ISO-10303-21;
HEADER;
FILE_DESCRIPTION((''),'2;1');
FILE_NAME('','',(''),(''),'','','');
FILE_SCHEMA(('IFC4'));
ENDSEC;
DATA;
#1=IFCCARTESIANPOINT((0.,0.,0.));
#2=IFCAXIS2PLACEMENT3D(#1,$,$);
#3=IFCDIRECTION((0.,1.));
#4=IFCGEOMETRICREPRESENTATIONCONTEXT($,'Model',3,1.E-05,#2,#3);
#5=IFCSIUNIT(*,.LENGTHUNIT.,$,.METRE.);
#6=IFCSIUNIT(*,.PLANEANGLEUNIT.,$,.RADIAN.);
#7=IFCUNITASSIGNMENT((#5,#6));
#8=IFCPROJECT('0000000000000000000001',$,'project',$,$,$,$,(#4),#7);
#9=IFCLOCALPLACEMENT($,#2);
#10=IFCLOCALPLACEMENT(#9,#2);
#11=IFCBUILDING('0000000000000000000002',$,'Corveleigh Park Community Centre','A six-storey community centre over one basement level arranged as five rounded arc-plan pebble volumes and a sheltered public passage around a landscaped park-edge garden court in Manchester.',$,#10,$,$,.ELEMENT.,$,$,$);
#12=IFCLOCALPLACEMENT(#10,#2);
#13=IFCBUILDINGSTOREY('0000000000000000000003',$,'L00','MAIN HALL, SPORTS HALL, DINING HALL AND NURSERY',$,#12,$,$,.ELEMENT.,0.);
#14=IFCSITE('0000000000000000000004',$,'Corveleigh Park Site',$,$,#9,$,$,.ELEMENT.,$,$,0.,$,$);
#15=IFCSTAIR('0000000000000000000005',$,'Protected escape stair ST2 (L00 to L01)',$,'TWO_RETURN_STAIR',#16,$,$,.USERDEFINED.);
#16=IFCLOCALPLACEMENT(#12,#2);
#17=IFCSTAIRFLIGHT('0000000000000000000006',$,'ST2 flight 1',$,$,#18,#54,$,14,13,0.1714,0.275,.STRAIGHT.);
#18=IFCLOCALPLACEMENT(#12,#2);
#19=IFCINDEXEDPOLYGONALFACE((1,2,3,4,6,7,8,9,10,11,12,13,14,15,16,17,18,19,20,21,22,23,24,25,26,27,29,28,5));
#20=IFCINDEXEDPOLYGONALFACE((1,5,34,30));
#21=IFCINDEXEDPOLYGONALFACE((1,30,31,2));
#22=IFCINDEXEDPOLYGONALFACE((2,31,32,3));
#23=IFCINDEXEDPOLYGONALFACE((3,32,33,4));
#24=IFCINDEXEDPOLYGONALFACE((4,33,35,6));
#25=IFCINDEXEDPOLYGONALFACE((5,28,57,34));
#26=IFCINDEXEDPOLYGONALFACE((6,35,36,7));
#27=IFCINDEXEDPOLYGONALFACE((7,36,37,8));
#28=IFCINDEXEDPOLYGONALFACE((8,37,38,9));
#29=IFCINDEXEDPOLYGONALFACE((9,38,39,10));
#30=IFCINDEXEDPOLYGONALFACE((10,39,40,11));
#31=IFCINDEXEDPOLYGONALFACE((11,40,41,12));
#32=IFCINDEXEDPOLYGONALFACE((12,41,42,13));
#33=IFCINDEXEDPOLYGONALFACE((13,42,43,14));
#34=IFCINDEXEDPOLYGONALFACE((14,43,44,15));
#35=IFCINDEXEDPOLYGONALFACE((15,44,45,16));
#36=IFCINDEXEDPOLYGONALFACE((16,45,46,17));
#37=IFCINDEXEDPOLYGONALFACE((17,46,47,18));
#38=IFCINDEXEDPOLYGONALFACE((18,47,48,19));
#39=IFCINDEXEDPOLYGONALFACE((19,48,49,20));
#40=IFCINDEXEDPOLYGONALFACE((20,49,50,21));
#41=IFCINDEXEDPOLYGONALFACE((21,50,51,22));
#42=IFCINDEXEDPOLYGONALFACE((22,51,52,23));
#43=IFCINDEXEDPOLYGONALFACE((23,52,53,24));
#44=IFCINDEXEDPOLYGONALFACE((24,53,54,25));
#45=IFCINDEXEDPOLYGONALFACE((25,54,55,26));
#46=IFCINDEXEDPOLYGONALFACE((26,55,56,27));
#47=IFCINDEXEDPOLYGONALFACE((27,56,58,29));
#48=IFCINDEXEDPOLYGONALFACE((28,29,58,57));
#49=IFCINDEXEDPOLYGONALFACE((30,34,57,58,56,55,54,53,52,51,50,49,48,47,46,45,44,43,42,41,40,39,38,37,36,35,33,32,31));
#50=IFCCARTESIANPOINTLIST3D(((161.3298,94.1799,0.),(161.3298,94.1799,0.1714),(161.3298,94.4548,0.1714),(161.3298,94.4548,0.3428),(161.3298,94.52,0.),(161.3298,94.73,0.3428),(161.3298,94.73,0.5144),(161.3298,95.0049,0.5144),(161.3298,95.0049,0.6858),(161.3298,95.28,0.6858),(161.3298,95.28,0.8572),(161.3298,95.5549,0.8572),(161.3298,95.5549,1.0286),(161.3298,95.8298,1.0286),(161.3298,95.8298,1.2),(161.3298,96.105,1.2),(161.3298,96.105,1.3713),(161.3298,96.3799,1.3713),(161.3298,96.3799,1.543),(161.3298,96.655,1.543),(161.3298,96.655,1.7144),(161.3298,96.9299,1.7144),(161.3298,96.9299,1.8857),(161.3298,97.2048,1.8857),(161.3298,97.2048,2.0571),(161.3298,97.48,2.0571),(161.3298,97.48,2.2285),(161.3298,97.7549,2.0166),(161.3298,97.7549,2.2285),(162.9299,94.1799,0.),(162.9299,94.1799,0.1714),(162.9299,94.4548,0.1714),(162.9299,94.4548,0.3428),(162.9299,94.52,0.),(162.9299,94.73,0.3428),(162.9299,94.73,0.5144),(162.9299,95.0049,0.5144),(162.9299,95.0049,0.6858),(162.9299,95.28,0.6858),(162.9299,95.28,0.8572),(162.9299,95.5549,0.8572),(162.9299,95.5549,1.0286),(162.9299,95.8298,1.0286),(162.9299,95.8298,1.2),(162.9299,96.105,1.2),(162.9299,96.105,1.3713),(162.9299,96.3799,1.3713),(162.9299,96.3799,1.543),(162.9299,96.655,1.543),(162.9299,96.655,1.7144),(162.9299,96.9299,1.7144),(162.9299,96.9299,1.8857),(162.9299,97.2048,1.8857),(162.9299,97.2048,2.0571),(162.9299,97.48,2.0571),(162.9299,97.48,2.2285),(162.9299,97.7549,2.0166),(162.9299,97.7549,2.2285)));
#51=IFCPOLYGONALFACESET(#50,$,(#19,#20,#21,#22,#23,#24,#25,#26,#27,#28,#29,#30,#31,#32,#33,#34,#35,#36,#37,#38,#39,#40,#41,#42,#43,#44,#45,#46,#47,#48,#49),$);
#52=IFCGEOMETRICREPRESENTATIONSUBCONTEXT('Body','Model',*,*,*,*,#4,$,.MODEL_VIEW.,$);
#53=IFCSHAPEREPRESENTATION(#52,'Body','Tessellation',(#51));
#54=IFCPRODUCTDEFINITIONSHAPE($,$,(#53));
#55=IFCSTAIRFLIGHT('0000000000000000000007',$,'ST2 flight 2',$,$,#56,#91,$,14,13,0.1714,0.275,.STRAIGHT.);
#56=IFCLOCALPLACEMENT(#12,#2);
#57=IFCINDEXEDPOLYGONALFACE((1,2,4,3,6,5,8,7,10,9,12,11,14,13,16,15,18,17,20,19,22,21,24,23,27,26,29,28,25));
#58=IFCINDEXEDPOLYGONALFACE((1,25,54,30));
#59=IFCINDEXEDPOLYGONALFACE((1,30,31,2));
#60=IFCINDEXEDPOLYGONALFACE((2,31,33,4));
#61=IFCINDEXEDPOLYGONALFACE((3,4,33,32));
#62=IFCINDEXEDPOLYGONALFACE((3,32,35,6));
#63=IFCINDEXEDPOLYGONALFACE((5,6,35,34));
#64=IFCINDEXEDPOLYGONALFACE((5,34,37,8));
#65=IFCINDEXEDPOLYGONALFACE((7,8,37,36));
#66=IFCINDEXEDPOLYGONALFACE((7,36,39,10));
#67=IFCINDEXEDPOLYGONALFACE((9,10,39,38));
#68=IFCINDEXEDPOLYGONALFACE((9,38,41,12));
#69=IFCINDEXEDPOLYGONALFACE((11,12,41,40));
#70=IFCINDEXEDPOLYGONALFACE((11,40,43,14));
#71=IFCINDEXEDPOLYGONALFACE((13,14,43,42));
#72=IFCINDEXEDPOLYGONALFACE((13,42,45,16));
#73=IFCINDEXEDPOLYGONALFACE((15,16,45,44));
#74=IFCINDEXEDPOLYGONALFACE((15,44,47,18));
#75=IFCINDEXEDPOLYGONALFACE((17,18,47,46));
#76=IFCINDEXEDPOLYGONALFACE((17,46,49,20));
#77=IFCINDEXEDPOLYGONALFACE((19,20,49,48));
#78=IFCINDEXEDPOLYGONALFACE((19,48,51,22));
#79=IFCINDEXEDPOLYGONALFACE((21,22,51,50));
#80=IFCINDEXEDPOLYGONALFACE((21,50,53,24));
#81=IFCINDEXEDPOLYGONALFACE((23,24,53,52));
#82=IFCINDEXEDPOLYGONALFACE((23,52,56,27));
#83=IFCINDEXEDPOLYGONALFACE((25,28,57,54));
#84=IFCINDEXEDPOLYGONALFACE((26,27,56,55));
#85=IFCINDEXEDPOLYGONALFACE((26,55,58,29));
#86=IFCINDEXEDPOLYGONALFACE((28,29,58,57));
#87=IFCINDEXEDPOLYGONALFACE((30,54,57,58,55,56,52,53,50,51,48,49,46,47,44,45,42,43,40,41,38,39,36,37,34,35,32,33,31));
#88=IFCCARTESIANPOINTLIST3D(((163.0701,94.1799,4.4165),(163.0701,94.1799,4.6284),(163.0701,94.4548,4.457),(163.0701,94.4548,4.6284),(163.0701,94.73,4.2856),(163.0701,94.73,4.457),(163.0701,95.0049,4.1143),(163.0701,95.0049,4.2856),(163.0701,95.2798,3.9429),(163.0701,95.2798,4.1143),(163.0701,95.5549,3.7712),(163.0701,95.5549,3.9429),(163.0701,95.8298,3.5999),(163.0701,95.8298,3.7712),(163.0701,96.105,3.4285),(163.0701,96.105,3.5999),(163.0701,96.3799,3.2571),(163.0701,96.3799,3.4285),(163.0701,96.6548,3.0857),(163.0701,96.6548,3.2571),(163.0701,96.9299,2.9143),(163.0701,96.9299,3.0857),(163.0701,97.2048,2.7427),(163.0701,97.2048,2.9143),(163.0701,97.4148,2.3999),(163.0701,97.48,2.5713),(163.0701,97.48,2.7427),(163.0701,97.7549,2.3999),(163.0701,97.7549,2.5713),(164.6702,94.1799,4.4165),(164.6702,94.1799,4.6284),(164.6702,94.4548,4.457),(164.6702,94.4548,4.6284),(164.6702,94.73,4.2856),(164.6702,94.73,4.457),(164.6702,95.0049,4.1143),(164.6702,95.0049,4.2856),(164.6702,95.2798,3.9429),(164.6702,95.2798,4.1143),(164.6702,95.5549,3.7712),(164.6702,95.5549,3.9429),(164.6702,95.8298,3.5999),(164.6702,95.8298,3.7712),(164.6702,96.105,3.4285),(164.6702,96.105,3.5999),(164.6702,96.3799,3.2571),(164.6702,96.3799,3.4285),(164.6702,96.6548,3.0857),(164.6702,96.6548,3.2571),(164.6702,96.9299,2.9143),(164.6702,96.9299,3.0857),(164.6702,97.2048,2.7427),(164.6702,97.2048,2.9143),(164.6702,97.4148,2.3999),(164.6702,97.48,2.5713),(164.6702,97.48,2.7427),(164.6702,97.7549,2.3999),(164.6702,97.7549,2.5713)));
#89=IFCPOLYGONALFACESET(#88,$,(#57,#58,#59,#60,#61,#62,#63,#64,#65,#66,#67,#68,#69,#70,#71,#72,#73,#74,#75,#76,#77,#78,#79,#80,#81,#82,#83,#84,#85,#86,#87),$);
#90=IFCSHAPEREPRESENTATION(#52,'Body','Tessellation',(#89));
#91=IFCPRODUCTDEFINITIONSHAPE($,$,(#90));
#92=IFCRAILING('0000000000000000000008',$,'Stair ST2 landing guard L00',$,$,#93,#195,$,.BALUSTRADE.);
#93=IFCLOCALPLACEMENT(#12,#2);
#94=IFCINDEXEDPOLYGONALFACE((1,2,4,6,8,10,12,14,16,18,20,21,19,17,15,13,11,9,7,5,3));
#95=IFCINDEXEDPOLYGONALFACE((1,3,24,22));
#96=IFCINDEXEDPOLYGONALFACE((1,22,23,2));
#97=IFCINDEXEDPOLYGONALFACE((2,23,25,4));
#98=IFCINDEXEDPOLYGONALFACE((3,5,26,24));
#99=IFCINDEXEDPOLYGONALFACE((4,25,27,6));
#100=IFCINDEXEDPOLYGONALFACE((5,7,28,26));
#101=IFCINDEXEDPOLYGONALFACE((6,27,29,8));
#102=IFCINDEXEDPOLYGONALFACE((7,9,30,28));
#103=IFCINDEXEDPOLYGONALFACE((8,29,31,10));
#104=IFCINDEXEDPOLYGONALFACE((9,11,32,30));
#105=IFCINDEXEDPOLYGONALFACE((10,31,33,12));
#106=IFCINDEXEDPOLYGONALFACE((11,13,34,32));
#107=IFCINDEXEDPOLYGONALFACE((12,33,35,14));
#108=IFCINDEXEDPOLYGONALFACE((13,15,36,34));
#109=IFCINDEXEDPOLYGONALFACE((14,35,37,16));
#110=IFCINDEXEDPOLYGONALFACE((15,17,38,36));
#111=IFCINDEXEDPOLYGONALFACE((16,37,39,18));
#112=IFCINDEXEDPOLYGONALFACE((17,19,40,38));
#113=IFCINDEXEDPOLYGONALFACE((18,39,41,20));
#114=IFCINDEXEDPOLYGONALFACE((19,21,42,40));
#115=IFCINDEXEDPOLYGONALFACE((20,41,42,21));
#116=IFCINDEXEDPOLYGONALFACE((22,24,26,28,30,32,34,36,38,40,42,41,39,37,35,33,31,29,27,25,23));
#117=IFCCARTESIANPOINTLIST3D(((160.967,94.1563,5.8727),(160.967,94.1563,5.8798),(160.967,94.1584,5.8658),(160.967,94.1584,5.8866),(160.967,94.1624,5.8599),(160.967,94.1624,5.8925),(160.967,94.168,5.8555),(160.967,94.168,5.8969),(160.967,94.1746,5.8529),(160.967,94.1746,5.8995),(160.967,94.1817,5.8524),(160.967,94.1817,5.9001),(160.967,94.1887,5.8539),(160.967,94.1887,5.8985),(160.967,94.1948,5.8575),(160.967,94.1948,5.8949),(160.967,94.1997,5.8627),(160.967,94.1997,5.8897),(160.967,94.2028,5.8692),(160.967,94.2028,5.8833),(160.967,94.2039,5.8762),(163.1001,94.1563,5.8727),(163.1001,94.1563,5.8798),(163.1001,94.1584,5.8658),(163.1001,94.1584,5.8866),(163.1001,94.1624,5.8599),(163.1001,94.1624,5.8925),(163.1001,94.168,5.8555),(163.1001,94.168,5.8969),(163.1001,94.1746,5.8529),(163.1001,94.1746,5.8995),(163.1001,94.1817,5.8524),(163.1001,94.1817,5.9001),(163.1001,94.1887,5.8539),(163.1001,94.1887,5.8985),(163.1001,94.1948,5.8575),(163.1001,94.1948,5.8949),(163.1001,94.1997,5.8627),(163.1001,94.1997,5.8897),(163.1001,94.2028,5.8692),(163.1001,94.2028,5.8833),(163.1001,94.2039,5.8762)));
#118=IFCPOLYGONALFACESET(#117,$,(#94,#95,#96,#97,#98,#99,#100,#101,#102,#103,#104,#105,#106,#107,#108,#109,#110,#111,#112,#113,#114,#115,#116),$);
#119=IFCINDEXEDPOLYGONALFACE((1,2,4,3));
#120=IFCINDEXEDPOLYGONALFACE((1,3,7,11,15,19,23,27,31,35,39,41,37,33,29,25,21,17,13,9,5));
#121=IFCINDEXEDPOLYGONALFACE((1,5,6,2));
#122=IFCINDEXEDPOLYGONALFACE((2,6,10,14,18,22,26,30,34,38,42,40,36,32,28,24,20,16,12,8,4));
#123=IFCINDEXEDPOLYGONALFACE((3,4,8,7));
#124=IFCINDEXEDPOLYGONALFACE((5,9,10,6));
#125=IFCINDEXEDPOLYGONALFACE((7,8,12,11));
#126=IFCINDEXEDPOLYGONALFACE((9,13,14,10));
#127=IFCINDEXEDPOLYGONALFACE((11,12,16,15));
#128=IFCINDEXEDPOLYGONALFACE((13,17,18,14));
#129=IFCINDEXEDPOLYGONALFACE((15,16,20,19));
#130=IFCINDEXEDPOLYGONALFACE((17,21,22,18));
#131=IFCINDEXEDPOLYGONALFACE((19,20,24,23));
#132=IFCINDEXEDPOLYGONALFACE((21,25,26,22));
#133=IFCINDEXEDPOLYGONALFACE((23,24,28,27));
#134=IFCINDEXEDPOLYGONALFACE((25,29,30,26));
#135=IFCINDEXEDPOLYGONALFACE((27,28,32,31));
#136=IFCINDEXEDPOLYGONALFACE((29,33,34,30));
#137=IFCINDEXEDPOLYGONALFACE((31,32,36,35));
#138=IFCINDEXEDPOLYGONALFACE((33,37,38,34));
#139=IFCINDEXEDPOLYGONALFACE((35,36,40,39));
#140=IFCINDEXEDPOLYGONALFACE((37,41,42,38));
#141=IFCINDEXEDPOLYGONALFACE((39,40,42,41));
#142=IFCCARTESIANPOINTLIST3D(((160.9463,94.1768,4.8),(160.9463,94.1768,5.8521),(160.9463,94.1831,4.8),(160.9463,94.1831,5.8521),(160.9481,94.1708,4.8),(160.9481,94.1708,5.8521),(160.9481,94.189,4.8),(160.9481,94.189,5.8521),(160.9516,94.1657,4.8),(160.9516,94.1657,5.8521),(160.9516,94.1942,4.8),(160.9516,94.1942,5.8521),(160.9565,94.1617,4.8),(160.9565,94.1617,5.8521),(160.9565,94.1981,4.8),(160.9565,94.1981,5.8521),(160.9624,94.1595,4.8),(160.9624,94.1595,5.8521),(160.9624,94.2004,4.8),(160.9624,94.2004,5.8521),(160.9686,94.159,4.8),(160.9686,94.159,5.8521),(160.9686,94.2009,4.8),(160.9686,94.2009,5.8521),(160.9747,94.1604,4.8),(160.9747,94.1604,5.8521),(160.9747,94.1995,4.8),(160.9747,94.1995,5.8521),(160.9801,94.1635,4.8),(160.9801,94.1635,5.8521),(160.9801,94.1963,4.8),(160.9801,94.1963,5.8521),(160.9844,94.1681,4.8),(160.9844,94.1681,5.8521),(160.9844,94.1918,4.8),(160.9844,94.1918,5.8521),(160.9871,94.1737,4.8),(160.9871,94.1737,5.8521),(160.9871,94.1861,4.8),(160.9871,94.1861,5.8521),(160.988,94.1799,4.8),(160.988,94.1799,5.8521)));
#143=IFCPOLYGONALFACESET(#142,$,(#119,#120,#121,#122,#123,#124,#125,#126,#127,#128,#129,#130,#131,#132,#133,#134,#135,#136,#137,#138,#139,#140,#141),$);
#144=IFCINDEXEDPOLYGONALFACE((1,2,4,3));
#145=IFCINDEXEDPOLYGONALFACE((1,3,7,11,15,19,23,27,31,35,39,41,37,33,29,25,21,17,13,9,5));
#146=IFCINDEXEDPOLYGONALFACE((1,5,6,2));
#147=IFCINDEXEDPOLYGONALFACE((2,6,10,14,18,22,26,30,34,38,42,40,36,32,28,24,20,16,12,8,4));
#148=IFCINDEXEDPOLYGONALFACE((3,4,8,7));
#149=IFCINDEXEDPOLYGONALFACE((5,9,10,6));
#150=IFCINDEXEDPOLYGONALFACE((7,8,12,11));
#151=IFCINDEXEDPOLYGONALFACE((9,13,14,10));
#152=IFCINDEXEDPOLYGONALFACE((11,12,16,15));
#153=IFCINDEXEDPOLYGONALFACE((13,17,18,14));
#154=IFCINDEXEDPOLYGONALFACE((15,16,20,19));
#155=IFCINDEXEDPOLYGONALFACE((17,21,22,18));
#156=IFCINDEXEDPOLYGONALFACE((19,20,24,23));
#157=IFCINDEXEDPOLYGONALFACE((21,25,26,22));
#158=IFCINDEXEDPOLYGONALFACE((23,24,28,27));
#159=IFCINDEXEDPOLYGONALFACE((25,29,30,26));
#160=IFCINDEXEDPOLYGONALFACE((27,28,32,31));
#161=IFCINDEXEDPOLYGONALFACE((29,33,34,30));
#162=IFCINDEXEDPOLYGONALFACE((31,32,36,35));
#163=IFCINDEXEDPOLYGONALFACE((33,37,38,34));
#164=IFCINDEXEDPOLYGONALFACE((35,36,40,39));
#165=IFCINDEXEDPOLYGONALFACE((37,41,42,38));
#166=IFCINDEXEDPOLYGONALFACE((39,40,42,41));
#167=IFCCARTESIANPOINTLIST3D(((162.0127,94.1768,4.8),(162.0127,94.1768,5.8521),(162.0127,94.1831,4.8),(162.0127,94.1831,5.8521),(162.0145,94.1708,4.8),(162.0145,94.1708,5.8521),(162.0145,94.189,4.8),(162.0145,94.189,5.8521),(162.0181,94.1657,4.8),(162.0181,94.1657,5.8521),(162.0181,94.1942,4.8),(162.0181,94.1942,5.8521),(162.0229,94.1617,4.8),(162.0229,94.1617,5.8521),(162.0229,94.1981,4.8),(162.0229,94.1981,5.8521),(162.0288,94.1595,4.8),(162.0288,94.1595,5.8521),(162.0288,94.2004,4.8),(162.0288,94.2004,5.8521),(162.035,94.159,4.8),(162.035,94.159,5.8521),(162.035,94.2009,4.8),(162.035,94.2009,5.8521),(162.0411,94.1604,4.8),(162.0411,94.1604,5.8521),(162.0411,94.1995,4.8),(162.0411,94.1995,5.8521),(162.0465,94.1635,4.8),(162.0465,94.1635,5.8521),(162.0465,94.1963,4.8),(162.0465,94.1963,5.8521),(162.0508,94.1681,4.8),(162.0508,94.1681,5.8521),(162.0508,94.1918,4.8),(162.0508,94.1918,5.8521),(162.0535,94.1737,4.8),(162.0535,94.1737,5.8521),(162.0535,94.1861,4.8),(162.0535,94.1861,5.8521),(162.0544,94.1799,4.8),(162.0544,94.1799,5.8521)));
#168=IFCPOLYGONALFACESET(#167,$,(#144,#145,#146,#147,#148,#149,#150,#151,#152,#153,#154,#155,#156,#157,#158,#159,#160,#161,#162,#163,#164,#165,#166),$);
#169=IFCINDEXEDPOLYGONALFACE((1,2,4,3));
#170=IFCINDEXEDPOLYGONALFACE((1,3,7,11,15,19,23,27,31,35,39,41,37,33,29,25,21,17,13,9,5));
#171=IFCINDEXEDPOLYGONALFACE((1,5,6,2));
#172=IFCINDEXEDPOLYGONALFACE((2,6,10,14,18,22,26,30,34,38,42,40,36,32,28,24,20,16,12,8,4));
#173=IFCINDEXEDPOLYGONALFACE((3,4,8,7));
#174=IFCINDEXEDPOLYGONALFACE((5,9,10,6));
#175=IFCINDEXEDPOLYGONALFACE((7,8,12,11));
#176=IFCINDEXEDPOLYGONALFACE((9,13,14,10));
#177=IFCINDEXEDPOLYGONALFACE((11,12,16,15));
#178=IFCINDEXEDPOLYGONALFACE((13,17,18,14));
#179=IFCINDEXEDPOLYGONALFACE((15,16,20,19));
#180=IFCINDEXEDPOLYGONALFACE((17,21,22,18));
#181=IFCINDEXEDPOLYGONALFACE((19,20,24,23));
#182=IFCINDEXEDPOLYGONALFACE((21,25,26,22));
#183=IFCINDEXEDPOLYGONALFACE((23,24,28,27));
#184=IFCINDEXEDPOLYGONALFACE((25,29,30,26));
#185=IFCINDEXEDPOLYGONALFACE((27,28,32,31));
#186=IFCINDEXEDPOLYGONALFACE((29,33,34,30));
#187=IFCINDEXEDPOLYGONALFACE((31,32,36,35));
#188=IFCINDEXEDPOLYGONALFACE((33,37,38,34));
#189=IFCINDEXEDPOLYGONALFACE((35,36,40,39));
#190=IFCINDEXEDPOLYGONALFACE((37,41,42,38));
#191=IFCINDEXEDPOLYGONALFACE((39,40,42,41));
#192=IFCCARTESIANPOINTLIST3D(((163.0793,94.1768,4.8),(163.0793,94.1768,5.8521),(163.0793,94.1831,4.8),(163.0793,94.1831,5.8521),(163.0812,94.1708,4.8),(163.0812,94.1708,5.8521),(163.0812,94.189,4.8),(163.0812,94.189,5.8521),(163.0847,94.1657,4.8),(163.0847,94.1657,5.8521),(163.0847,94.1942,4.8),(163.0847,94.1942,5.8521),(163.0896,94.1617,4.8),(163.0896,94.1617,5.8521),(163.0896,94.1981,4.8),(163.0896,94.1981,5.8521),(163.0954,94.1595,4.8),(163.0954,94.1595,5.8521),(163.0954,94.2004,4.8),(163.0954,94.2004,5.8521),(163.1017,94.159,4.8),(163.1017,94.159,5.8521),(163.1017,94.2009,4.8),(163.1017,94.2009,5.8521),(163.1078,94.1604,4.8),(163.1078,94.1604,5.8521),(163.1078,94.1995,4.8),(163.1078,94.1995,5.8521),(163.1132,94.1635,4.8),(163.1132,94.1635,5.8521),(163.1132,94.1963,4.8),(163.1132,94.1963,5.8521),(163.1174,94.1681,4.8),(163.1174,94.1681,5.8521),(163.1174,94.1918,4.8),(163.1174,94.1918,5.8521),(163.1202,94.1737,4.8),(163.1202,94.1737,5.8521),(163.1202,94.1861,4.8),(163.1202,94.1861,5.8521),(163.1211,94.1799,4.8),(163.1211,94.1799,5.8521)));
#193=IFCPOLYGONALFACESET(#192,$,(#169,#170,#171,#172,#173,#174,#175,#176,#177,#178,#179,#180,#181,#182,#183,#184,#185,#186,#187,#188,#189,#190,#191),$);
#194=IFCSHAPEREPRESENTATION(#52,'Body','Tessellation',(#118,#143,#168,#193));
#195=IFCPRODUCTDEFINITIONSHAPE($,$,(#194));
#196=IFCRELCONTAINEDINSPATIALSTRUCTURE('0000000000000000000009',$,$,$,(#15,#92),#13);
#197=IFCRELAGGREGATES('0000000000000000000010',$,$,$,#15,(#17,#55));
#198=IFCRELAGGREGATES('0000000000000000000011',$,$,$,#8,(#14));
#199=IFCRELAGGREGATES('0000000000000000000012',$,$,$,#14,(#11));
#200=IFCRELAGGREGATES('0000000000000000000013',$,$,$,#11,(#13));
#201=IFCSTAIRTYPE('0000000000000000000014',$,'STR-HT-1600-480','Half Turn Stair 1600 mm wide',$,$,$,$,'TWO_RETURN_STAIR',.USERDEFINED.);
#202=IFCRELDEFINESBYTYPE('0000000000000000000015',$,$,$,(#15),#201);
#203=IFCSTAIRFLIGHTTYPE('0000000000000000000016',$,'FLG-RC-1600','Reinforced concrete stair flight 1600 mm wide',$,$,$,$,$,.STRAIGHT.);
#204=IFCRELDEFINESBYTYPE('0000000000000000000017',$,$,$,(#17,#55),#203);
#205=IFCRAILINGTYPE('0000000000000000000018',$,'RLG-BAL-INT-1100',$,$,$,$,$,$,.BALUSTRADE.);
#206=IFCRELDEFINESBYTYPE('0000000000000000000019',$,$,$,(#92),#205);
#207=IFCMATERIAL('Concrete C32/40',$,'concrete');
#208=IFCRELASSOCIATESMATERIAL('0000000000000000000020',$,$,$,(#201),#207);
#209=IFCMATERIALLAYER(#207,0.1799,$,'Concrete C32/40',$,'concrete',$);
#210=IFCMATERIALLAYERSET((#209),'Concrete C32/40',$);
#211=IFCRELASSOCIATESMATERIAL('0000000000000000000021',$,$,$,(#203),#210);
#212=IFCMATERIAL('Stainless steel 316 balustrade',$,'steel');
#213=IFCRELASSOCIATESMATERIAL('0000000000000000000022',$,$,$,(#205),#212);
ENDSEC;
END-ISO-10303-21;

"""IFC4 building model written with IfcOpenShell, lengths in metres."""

from ifc_helpers import new_model, si_unit, direction, frame, origin, origin_2d, place, context, subcontext, project, spatial, polyline, circle, outline, extrude, material, layer, layer_set, type_object, element, aggregate, save


model = new_model("IFC4")

# Units and contexts
model_context = context("Model", 3, precision=1e-05, world=origin(), true_north=direction((0.0, 1.0)))
body_context = subcontext(model_context, "Body", "Model", "MODEL_VIEW")
ifc_project = project(units=[si_unit("LENGTHUNIT", "METRE"), si_unit("PLANEANGLEUNIT", "RADIAN")], contexts=[model_context])

# Site, building, storey
site_placement = place(None, origin())
site = spatial("IfcSite", under=ifc_project, at=site_placement, Name="Corveleigh Park Site", CompositionType="ELEMENT", RefElevation=0.0)
building_placement = place(site_placement, origin())
building = spatial("IfcBuilding", under=site, at=building_placement, Name="Corveleigh Park Community Centre", Description="A six-storey community centre over one basement level arranged as five rounded arc-plan pebble volumes and a sheltered public passage around a landscaped park-edge garden court in Manchester.", CompositionType="ELEMENT")
storey_placement = place(building_placement, origin())
storey = spatial("IfcBuildingStorey", under=building, at=storey_placement, Name="L00", Description="MAIN HALL, SPORTS HALL, DINING HALL AND NURSERY", CompositionType="ELEMENT", Elevation=0.0)

# Stair, stair flights
ifc_material_1 = material(Name="Concrete C32/40", Category="concrete")
stair_type = type_object("IfcStairType", Name="STR-HT-1600-480", Description="Half Turn Stair 1600 mm wide", ElementType="TWO_RETURN_STAIR", PredefinedType="USERDEFINED", material=ifc_material_1)
stair_placement = place(storey_placement, origin())
stair = element("IfcStair", 1, at=stair_placement, inside=storey, type_object=stair_type, Name="Protected escape stair ST2 (L00 to L01)", ObjectType="TWO_RETURN_STAIR", PredefinedType="USERDEFINED")
ifc_layer_1 = layer(ifc_material_1, 0.1799, Name="Concrete C32/40", Category="concrete")
ifc_layer_set_1 = layer_set([ifc_layer_1], Name="Concrete C32/40")
stair_flight_type = type_object("IfcStairFlightType", Name="FLG-RC-1600", Description="Reinforced concrete stair flight 1600 mm wide", PredefinedType="STRAIGHT", material=ifc_layer_set_1)
stair_flight_1_placement = place(storey_placement, frame((162.1299, 94.1799, 0.0), z_axis=(0.0, 0.0, 1.0), x_axis=(0.0, 1.0, 0.0)))
stair_flight_1 = element("IfcStairFlight", 2, at=stair_flight_1_placement, type_object=stair_flight_type, Name="ST2 flight 1", NumberOfRisers=14, NumberOfTreads=13, PredefinedType="STRAIGHT", RiserHeight=0.1714, TreadLength=0.275, context=body_context, shape_type="SweptSolid", body=[
    extrude(outline(polyline([(0.0, 0.0), (0.0, 0.1714), (0.2749, 0.1714), (0.2749, 0.3428), (0.55, 0.3428), (0.55, 0.5144), (0.825, 0.5144), (0.825, 0.6858), (1.1001, 0.6858), (1.1001, 0.8572), (1.375, 0.8572), (1.375, 1.0286), (1.6499, 1.0286), (1.6499, 1.2), (1.925, 1.2), (1.925, 1.3713), (2.2, 1.3713), (2.2, 1.543), (2.4751, 1.543), (2.4751, 1.7144), (2.75, 1.7144), (2.75, 1.8857), (3.0249, 1.8857), (3.0249, 2.0571), (3.3, 2.0571), (3.3, 2.2285), (3.575, 2.2285), (3.575, 2.3999), (3.575, 2.0166), (0.3401, 0.0), (0.0, 0.0)])), frame((0.0, 0.8, 0.0), z_axis=(0.0, -1.0, 0.0), x_axis=(1.0, 0.0, 0.0)), (0.0, 0.0, 1.0), 1.6001),
])
stair_flight_2_placement = place(storey_placement, frame((163.8701, 97.7549, 2.3999), z_axis=(0.0, 0.0, 1.0), x_axis=(0.0, -1.0, 0.0)))
stair_flight_2 = element("IfcStairFlight", 3, at=stair_flight_2_placement, type_object=stair_flight_type, Name="ST2 flight 2", NumberOfRisers=14, NumberOfTreads=13, PredefinedType="STRAIGHT", RiserHeight=0.1714, TreadLength=0.275, context=body_context, shape_type="SweptSolid", body=[
    extrude(outline(polyline([(0.0, 0.0), (0.0, 0.1714), (0.2749, 0.1714), (0.2749, 0.3428), (0.55, 0.3428), (0.55, 0.5144), (0.825, 0.5144), (0.825, 0.6858), (1.1001, 0.6858), (1.1001, 0.8572), (1.375, 0.8572), (1.375, 1.0286), (1.6499, 1.0286), (1.6499, 1.2), (1.925, 1.2), (1.925, 1.3713), (2.2, 1.3713), (2.2, 1.543), (2.4751, 1.543), (2.4751, 1.7144), (2.75, 1.7144), (2.75, 1.8857), (3.0249, 1.8857), (3.0249, 2.0571), (3.3, 2.0571), (3.3, 2.2285), (3.575, 2.2285), (3.575, 2.3999), (3.575, 2.0166), (0.3401, 0.0), (0.0, 0.0)])), frame((0.0, 0.8, 0.0), z_axis=(0.0, -1.0, 0.0), x_axis=(1.0, 0.0, 0.0)), (0.0, 0.0, 1.0), 1.6001),
])
aggregate(stair, [stair_flight_1, stair_flight_2])

# Railing
ifc_material_2 = material(Name="Stainless steel 316 balustrade", Category="steel")
railing_type = type_object("IfcRailingType", Name="RLG-BAL-INT-1100", PredefinedType="BALUSTRADE", material=ifc_material_2)
railing_1_placement = place(storey_placement, frame((160.967, 94.1799, 4.8)))
element("IfcRailing", 4, at=railing_1_placement, inside=storey, type_object=railing_type, Name="Stair ST2 landing guard L00", PredefinedType="BALUSTRADE", context=body_context, shape_type="SweptSolid", body=[
    extrude(circle(Radius=0.0239, at=origin_2d()), frame((0.0, 0.0, 1.0762), z_axis=(1.0, 0.0, 0.0), x_axis=(0.0, 1.0, 0.0)), (0.0, 0.0, 1.0), 2.1331),
    extrude(circle(Radius=0.021, at=origin_2d()), origin(), (0.0, 0.0, 1.0), 1.052),
    extrude(circle(Radius=0.021, at=origin_2d()), frame((1.0664, 0.0, 0.0)), (0.0, 0.0, 1.0), 1.052),
    extrude(circle(Radius=0.021, at=origin_2d()), frame((2.1331, 0.0, 0.0)), (0.0, 0.0, 1.0), 1.052),
])

save(model, "model.ifc")
